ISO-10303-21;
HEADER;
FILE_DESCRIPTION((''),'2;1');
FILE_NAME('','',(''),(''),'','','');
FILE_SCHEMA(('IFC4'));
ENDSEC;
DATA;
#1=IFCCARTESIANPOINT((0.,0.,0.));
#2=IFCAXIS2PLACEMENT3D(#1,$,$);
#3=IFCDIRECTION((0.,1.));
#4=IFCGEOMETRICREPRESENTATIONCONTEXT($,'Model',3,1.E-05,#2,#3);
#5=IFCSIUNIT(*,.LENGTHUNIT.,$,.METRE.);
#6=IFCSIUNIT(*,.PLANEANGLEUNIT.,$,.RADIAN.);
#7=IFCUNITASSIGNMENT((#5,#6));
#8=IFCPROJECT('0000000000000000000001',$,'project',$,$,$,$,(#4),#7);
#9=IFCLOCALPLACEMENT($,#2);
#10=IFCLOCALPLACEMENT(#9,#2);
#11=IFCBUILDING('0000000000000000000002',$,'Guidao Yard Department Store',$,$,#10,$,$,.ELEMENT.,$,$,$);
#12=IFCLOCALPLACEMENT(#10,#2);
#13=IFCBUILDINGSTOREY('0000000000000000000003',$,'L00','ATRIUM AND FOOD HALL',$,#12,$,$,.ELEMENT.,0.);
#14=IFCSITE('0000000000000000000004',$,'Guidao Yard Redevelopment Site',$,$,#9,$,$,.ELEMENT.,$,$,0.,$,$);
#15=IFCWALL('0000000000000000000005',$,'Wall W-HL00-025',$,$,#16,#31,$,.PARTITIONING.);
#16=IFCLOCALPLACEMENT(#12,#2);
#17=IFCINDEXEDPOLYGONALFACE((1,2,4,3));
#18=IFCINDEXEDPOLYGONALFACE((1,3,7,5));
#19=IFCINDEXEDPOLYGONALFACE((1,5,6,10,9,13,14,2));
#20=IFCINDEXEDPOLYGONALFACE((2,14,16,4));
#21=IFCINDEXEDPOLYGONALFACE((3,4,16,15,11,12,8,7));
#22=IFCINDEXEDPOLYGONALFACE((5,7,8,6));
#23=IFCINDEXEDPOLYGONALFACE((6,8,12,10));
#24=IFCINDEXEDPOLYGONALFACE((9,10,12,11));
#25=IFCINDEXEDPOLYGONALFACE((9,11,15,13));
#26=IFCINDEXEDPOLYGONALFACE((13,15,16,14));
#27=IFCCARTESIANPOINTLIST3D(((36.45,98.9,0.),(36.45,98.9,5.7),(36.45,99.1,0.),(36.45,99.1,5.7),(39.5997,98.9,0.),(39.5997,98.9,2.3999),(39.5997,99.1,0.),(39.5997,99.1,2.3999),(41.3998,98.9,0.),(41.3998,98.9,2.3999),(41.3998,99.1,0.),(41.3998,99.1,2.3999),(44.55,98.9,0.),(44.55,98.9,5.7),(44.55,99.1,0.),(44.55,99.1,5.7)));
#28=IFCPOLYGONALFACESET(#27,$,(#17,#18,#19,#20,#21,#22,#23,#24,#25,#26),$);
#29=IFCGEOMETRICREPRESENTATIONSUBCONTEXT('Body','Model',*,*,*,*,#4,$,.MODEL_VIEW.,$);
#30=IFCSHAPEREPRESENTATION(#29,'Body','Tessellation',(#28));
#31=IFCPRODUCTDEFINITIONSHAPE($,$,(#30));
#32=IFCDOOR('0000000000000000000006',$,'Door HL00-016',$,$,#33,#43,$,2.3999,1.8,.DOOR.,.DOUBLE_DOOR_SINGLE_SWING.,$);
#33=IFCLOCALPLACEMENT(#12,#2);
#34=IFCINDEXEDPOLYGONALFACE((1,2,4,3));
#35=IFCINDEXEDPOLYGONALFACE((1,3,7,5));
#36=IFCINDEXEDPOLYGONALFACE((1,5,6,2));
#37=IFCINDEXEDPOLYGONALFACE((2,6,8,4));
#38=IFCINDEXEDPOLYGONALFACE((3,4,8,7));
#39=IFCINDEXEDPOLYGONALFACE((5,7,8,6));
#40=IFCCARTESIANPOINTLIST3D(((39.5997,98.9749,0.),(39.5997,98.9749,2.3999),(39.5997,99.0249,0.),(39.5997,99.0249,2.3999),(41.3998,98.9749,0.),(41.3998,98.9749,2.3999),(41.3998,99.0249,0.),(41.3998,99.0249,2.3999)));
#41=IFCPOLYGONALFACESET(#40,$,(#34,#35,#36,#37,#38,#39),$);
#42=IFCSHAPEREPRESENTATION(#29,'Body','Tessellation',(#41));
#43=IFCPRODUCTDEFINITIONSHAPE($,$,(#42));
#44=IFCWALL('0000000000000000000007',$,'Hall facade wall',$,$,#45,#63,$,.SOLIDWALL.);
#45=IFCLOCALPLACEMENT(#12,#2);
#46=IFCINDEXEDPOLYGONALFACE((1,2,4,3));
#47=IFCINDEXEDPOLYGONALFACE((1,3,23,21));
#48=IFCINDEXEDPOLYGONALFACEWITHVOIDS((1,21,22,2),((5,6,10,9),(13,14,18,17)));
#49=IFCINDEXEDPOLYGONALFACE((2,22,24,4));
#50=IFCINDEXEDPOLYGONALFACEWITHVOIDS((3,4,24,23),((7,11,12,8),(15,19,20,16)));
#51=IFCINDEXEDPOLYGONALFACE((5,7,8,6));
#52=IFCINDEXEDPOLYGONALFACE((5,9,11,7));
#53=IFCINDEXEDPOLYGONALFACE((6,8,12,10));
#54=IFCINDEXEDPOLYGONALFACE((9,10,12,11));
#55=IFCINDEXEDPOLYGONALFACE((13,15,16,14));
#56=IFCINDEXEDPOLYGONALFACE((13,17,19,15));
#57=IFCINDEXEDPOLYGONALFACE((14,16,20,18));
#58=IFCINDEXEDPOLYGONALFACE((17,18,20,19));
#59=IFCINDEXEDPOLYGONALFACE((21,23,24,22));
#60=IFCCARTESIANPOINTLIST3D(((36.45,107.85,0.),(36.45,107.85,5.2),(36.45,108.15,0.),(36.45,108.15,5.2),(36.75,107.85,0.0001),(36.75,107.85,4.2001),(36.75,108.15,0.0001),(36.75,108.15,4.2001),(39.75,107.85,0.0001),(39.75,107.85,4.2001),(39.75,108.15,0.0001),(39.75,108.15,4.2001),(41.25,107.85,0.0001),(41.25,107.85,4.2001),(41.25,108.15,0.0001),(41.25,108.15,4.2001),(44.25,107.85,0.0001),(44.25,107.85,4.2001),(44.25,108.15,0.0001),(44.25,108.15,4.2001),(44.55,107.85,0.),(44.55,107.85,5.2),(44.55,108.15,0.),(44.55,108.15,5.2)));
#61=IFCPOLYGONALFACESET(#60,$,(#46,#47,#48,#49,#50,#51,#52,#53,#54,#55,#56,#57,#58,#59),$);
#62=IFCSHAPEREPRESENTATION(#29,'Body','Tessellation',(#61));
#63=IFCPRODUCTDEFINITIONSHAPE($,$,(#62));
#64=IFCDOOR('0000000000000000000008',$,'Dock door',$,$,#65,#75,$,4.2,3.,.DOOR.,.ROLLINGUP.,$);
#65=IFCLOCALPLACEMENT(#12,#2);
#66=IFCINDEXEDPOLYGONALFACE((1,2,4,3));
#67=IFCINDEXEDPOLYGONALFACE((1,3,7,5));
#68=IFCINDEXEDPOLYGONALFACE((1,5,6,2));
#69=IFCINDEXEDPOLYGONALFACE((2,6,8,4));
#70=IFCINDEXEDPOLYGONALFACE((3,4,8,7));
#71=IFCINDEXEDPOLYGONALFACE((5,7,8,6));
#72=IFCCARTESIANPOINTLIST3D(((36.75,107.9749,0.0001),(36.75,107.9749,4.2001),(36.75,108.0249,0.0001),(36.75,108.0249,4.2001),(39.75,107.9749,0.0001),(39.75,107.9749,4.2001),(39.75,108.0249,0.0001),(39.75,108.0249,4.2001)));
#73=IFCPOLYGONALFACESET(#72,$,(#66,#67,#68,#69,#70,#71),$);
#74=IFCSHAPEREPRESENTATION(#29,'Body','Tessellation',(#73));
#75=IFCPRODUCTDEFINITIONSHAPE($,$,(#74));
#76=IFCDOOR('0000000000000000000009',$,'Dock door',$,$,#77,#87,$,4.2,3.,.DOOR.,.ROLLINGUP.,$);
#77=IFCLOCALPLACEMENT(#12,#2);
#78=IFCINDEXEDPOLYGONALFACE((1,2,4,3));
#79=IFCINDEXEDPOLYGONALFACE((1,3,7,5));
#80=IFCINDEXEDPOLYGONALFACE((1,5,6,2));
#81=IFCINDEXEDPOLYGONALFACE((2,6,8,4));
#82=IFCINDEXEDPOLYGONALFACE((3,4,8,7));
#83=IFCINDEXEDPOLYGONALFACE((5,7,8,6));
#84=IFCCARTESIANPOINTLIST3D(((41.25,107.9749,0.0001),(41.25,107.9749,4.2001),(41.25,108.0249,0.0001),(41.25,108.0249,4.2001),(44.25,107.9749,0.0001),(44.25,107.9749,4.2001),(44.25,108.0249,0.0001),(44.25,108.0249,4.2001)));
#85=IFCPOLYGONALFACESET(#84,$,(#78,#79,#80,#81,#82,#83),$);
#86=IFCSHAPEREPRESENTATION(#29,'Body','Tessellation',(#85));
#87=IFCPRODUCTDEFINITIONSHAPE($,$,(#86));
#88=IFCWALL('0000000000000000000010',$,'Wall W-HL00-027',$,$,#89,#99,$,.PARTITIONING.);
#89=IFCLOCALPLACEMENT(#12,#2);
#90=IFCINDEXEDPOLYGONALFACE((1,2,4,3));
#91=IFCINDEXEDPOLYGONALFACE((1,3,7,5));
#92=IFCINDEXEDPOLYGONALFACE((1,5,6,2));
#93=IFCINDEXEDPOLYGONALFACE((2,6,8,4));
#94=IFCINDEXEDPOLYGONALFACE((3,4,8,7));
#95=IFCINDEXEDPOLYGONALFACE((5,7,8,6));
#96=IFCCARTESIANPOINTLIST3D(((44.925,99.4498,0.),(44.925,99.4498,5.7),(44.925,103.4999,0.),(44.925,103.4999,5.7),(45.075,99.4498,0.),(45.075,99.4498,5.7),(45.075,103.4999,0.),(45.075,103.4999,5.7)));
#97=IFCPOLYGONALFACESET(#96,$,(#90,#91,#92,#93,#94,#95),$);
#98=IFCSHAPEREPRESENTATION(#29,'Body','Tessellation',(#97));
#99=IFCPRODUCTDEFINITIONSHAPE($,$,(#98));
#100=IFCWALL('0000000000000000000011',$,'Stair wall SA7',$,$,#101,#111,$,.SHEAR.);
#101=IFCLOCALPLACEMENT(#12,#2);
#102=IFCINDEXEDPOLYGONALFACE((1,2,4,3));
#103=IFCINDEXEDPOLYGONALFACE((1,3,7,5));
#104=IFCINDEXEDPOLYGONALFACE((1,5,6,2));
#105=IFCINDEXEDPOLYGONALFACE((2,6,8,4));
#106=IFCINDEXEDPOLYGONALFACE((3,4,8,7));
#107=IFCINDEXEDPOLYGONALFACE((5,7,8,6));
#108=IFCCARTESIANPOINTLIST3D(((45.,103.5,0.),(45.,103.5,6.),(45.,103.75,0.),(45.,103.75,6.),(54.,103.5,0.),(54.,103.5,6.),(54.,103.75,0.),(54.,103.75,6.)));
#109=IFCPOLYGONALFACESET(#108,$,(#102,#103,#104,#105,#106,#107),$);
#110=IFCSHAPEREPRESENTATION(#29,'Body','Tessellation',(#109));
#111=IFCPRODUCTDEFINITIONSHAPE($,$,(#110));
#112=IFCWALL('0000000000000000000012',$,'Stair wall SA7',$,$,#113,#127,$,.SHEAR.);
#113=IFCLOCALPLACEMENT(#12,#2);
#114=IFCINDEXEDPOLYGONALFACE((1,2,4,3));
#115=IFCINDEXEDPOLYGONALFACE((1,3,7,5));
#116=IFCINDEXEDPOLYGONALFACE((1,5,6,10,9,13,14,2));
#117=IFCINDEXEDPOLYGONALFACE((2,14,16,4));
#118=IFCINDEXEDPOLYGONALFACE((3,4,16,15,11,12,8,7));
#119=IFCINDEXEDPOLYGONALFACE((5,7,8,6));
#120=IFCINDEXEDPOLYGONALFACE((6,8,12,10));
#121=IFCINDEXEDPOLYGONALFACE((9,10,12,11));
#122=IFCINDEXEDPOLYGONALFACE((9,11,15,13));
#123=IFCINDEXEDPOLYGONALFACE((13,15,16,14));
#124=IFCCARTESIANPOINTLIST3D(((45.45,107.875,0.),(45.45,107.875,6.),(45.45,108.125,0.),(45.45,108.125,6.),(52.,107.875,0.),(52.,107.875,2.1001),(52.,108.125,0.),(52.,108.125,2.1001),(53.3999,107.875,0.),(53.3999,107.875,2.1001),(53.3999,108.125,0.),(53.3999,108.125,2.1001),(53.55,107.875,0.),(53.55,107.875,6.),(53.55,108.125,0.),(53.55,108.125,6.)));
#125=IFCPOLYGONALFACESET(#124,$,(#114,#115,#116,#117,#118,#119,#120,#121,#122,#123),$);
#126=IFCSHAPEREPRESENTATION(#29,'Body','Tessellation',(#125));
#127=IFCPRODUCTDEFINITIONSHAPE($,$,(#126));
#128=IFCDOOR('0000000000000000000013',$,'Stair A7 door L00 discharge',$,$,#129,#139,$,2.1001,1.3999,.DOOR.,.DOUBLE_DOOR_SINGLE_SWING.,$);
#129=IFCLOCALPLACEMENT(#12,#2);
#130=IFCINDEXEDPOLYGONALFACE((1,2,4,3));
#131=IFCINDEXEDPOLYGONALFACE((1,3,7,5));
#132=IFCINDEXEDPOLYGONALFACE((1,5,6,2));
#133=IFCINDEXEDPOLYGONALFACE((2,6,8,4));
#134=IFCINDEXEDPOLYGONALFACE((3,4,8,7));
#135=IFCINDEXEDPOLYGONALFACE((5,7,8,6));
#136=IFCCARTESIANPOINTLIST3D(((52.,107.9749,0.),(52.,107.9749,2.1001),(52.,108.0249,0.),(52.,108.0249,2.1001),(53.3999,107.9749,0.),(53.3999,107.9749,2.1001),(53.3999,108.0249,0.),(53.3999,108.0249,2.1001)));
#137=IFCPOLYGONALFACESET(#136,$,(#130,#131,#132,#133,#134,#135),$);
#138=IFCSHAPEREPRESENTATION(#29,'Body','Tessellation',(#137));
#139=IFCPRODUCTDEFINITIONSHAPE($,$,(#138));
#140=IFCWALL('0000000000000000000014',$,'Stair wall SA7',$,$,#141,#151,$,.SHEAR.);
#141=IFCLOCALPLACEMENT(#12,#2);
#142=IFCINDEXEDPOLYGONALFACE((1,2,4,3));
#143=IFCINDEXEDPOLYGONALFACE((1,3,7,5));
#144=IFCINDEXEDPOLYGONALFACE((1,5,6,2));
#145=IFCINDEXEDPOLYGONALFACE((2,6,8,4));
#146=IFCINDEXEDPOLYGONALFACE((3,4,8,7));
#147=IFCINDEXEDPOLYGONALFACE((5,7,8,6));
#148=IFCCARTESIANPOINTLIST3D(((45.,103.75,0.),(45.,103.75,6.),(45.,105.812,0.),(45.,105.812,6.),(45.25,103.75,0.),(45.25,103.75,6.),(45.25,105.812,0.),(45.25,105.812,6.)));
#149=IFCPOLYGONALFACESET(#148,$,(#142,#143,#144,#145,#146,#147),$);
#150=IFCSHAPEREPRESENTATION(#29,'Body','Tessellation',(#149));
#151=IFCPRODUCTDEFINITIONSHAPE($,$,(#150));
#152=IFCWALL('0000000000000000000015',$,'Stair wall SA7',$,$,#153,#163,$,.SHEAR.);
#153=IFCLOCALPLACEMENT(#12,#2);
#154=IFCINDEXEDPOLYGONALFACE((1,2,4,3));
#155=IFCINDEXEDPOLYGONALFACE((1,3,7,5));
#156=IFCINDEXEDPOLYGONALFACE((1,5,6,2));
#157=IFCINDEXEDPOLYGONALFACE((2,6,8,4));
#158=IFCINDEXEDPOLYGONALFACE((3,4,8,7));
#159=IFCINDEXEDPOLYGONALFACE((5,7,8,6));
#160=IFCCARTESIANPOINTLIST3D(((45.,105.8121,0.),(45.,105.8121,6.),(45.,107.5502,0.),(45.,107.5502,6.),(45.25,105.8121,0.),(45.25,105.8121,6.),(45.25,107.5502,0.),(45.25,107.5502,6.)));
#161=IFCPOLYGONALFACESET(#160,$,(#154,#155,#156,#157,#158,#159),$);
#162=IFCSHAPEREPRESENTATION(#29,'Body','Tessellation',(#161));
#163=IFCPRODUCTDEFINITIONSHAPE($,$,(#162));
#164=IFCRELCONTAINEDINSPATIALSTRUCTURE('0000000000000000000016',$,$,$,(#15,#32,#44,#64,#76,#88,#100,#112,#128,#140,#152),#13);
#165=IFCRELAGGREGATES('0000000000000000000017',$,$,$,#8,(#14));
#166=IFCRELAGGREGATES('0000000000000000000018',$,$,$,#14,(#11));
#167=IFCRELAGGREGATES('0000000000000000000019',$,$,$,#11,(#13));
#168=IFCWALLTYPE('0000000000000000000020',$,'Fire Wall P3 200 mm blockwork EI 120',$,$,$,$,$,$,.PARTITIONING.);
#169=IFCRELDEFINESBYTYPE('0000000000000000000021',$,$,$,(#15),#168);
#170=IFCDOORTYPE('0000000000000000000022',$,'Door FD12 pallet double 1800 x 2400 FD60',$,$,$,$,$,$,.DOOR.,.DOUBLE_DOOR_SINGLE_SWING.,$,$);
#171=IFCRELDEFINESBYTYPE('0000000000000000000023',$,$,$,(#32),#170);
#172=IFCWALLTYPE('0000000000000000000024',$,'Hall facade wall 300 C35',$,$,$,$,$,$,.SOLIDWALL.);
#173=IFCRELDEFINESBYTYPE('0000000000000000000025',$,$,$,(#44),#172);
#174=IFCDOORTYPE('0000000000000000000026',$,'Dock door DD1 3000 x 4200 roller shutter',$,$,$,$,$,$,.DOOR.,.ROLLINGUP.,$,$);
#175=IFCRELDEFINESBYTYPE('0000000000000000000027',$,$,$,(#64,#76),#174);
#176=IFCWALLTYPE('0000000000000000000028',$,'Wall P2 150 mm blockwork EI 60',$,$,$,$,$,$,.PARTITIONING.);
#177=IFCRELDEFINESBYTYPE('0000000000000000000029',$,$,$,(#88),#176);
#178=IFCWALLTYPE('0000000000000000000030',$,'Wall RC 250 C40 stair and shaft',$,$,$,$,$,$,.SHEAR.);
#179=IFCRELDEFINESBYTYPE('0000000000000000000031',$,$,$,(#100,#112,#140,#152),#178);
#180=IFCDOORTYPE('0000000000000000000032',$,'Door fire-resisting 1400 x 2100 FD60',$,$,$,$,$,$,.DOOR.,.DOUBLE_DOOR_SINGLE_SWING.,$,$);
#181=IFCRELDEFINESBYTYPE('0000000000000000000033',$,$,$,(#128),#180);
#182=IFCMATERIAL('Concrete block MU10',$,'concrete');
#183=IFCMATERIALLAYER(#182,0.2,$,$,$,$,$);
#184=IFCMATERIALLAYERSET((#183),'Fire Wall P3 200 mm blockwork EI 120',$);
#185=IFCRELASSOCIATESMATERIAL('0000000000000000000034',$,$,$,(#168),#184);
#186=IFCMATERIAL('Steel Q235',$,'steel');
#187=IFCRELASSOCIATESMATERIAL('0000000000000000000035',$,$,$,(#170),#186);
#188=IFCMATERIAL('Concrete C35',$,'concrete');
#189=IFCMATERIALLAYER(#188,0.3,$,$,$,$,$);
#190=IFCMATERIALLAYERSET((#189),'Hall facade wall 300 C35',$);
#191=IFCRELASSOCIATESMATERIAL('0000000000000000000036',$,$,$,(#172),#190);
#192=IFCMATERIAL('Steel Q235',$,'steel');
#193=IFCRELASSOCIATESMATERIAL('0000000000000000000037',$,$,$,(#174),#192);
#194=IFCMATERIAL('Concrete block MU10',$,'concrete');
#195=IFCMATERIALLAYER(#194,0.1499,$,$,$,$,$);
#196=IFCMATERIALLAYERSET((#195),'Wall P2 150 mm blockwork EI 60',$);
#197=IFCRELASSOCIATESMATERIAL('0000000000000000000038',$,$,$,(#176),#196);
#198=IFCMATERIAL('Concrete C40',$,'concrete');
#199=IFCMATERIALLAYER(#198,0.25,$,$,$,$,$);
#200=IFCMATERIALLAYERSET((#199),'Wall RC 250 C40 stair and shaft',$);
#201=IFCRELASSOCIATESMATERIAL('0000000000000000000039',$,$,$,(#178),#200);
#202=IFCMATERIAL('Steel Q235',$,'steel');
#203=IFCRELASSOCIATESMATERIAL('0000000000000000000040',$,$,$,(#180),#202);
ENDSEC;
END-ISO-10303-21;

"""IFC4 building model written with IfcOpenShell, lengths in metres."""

from ifc_helpers import new_model, si_unit, direction, frame, frame_2d, origin, place, context, subcontext, project, spatial, rectangle, extrude, material, layer, layer_set, type_object, element, fill, save


model = new_model("IFC4")

# Units and contexts
model_context = context("Model", 3, precision=1e-05, world=origin(), true_north=direction((0.0, 1.0)))
body_context = subcontext(model_context, "Body", "Model", "MODEL_VIEW")
ifc_project = project(units=[si_unit("LENGTHUNIT", "METRE"), si_unit("PLANEANGLEUNIT", "RADIAN")], contexts=[model_context])

# Site, building, storey
site_placement = place(None, origin())
site = spatial("IfcSite", under=ifc_project, at=site_placement, Name="Guidao Yard Redevelopment Site", CompositionType="ELEMENT", RefElevation=0.0)
building_placement = place(site_placement, origin())
building = spatial("IfcBuilding", under=site, at=building_placement, Name="Guidao Yard Department Store", CompositionType="ELEMENT")
storey_placement = place(building_placement, origin())
storey = spatial("IfcBuildingStorey", under=building, at=storey_placement, Name="L00", Description="ATRIUM AND FOOD HALL", CompositionType="ELEMENT", Elevation=0.0)

# Wall, opening, door
ifc_material_1 = material(Name="Concrete block MU10", Category="concrete")
ifc_layer_1 = layer(ifc_material_1, 0.2)
ifc_layer_set_1 = layer_set([ifc_layer_1], Name="Fire Wall P3 200 mm blockwork EI 120")
wall_type_1 = type_object("IfcWallType", Name="Fire Wall P3 200 mm blockwork EI 120", PredefinedType="PARTITIONING", material=ifc_layer_set_1)
wall_1_placement = place(storey_placement, frame((36.45, 99.0, 0.0), z_axis=(0.0, 0.0, 1.0), x_axis=(1.0, 0.0, 0.0)))
wall_1 = element("IfcWall", 1, at=wall_1_placement, inside=storey, type_object=wall_type_1, Name="Wall W-HL00-025", PredefinedType="PARTITIONING", context=body_context, shape_type="SweptSolid", body=[
    extrude(rectangle(XDim=8.1001, YDim=0.2, at=frame_2d((4.05, 0.0))), origin(), (0.0, 0.0, 1.0), 5.7),
])
opening_1_placement = place(wall_1_placement, frame((3.1499, 0.0, 0.0)))
opening_1 = element("IfcOpeningElement", 2, at=opening_1_placement, cuts=wall_1, PredefinedType="OPENING", context=body_context, shape_type="SweptSolid", body=[
    extrude(rectangle(XDim=1.8, YDim=2.3999, at=frame_2d((0.8999, 1.2))), frame((0.0, 0.1099, 0.0), z_axis=(0.0, -1.0, 0.0), x_axis=(1.0, 0.0, 0.0)), (0.0, 0.0, 1.0), 0.22),
])
ifc_material_2 = material(Name="Steel Q235", Category="steel")
door_type_1 = type_object("IfcDoorType", Name="Door FD12 pallet double 1800 x 2400 FD60", OperationType="DOUBLE_DOOR_SINGLE_SWING", PredefinedType="DOOR", material=ifc_material_2)
door_1_placement = place(opening_1_placement, origin())
door_1 = element("IfcDoor", 3, at=door_1_placement, inside=storey, type_object=door_type_1, Name="Door HL00-016", OperationType="DOUBLE_DOOR_SINGLE_SWING", OverallHeight=2.3999, OverallWidth=1.8, PredefinedType="DOOR", context=body_context, shape_type="SweptSolid", body=[
    extrude(rectangle(XDim=1.8, YDim=2.3999, at=frame_2d((0.8999, 1.2))), frame((0.0, 0.0249, 0.0), z_axis=(0.0, -1.0, 0.0), x_axis=(1.0, 0.0, 0.0)), (0.0, 0.0, 1.0), 0.05),
])
fill(opening_1, door_1)

# Wall, openings, doors
ifc_material_3 = material(Name="Concrete C35", Category="concrete")
ifc_layer_2 = layer(ifc_material_3, 0.3)
ifc_layer_set_2 = layer_set([ifc_layer_2], Name="Hall facade wall 300 C35")
wall_type_2 = type_object("IfcWallType", Name="Hall facade wall 300 C35", PredefinedType="SOLIDWALL", material=ifc_layer_set_2)
wall_2_placement = place(storey_placement, frame((36.45, 108.0, 0.0), z_axis=(0.0, 0.0, 1.0), x_axis=(1.0, 0.0, 0.0)))
wall_2 = element("IfcWall", 4, at=wall_2_placement, inside=storey, type_object=wall_type_2, Name="Hall facade wall", PredefinedType="SOLIDWALL", context=body_context, shape_type="SweptSolid", body=[
    extrude(rectangle(XDim=8.1001, YDim=0.3, at=frame_2d((4.05, 0.0))), origin(), (0.0, 0.0, 1.0), 5.2),
])
opening_2_placement = place(wall_2_placement, frame((0.3, 0.0, 0.0)))
opening_2 = element("IfcOpeningElement", 5, at=opening_2_placement, cuts=wall_2, PredefinedType="OPENING", context=body_context, shape_type="SweptSolid", body=[
    extrude(rectangle(XDim=3.0, YDim=4.2, at=frame_2d((1.5, 2.1001))), frame((0.0, 0.1599, 0.0), z_axis=(0.0, -1.0, 0.0), x_axis=(1.0, 0.0, 0.0)), (0.0, 0.0, 1.0), 0.3201),
])
opening_3_placement = place(wall_2_placement, frame((4.8, 0.0, 0.0)))
opening_3 = element("IfcOpeningElement", 6, at=opening_3_placement, cuts=wall_2, PredefinedType="OPENING", context=body_context, shape_type="SweptSolid", body=[
    extrude(rectangle(XDim=3.0, YDim=4.2, at=frame_2d((1.5, 2.1001))), frame((0.0, 0.1599, 0.0), z_axis=(0.0, -1.0, 0.0), x_axis=(1.0, 0.0, 0.0)), (0.0, 0.0, 1.0), 0.3201),
])
ifc_material_4 = material(Name="Steel Q235", Category="steel")
door_type_2 = type_object("IfcDoorType", Name="Dock door DD1 3000 x 4200 roller shutter", OperationType="ROLLINGUP", PredefinedType="DOOR", material=ifc_material_4)
door_2_placement = place(opening_2_placement, origin())
door_2 = element("IfcDoor", 7, at=door_2_placement, inside=storey, type_object=door_type_2, Name="Dock door", OperationType="ROLLINGUP", OverallHeight=4.2, OverallWidth=3.0, PredefinedType="DOOR", context=body_context, shape_type="SweptSolid", body=[
    extrude(rectangle(XDim=3.0, YDim=4.2, at=frame_2d((1.5, 2.1001))), frame((0.0, 0.0249, 0.0), z_axis=(0.0, -1.0, 0.0), x_axis=(1.0, 0.0, 0.0)), (0.0, 0.0, 1.0), 0.05),
])
fill(opening_2, door_2)
door_3_placement = place(opening_3_placement, origin())
door_3 = element("IfcDoor", 8, at=door_3_placement, inside=storey, type_object=door_type_2, Name="Dock door", OperationType="ROLLINGUP", OverallHeight=4.2, OverallWidth=3.0, PredefinedType="DOOR", context=body_context, shape_type="SweptSolid", body=[
    extrude(rectangle(XDim=3.0, YDim=4.2, at=frame_2d((1.5, 2.1001))), frame((0.0, 0.0249, 0.0), z_axis=(0.0, -1.0, 0.0), x_axis=(1.0, 0.0, 0.0)), (0.0, 0.0, 1.0), 0.05),
])
fill(opening_3, door_3)

# Walls
ifc_material_5 = material(Name="Concrete block MU10", Category="concrete")
ifc_layer_3 = layer(ifc_material_5, 0.1499)
ifc_layer_set_3 = layer_set([ifc_layer_3], Name="Wall P2 150 mm blockwork EI 60")
wall_type_3 = type_object("IfcWallType", Name="Wall P2 150 mm blockwork EI 60", PredefinedType="PARTITIONING", material=ifc_layer_set_3)
wall_3_placement = place(storey_placement, frame((45.0, 99.45, 0.0), z_axis=(0.0, 0.0, 1.0), x_axis=(0.0, 1.0, 0.0)))
element("IfcWall", 9, at=wall_3_placement, inside=storey, type_object=wall_type_3, Name="Wall W-HL00-027", PredefinedType="PARTITIONING", context=body_context, shape_type="SweptSolid", body=[
    extrude(rectangle(XDim=4.05, YDim=0.1499, at=frame_2d((2.0249, 0.0))), origin(), (0.0, 0.0, 1.0), 5.7),
])
ifc_material_6 = material(Name="Concrete C40", Category="concrete")
ifc_layer_4 = layer(ifc_material_6, 0.25)
ifc_layer_set_4 = layer_set([ifc_layer_4], Name="Wall RC 250 C40 stair and shaft")
wall_type_4 = type_object("IfcWallType", Name="Wall RC 250 C40 stair and shaft", PredefinedType="SHEAR", material=ifc_layer_set_4)
wall_4_placement = place(storey_placement, frame((45.0, 103.625, 0.0), z_axis=(0.0, 0.0, 1.0), x_axis=(1.0, 0.0, 0.0)))
element("IfcWall", 10, at=wall_4_placement, inside=storey, type_object=wall_type_4, Name="Stair wall SA7", PredefinedType="SHEAR", context=body_context, shape_type="SweptSolid", body=[
    extrude(rectangle(XDim=9.0, YDim=0.25, at=frame_2d((4.5, 0.0))), origin(), (0.0, 0.0, 1.0), 6.0),
])

# Wall, opening, door
wall_5_placement = place(storey_placement, frame((45.45, 108.0, 0.0), z_axis=(0.0, 0.0, 1.0), x_axis=(1.0, 0.0, 0.0)))
wall_5 = element("IfcWall", 11, at=wall_5_placement, inside=storey, type_object=wall_type_4, Name="Stair wall SA7", PredefinedType="SHEAR", context=body_context, shape_type="SweptSolid", body=[
    extrude(rectangle(XDim=8.1001, YDim=0.25, at=frame_2d((4.05, 0.0))), origin(), (0.0, 0.0, 1.0), 6.0),
])
opening_4_placement = place(wall_5_placement, frame((6.55, 0.0, 0.0)))
opening_4 = element("IfcOpeningElement", 12, at=opening_4_placement, cuts=wall_5, PredefinedType="OPENING", context=body_context, shape_type="SweptSolid", body=[
    extrude(rectangle(XDim=1.3999, YDim=2.1001, at=frame_2d((0.7, 1.05))), frame((0.0, 0.135, 0.0), z_axis=(0.0, -1.0, 0.0), x_axis=(1.0, 0.0, 0.0)), (0.0, 0.0, 1.0), 0.27),
])
ifc_material_7 = material(Name="Steel Q235", Category="steel")
door_type_3 = type_object("IfcDoorType", Name="Door fire-resisting 1400 x 2100 FD60", OperationType="DOUBLE_DOOR_SINGLE_SWING", PredefinedType="DOOR", material=ifc_material_7)
door_4_placement = place(opening_4_placement, origin())
door_4 = element("IfcDoor", 13, at=door_4_placement, inside=storey, type_object=door_type_3, Name="Stair A7 door L00 discharge", OperationType="DOUBLE_DOOR_SINGLE_SWING", OverallHeight=2.1001, OverallWidth=1.3999, PredefinedType="DOOR", context=body_context, shape_type="SweptSolid", body=[
    extrude(rectangle(XDim=1.3999, YDim=2.1001, at=frame_2d((0.7, 1.05))), frame((0.0, 0.0249, 0.0), z_axis=(0.0, -1.0, 0.0), x_axis=(1.0, 0.0, 0.0)), (0.0, 0.0, 1.0), 0.05),
])
fill(opening_4, door_4)

# Walls
wall_6_placement = place(storey_placement, frame((45.125, 103.75, 0.0), z_axis=(0.0, 0.0, 1.0), x_axis=(0.0, 1.0, 0.0)))
element("IfcWall", 14, at=wall_6_placement, inside=storey, type_object=wall_type_4, Name="Stair wall SA7", PredefinedType="SHEAR", context=body_context, shape_type="SweptSolid", body=[
    extrude(rectangle(XDim=2.062, YDim=0.25, at=frame_2d((1.031, 0.0))), origin(), (0.0, 0.0, 1.0), 6.0),
])
wall_7_placement = place(storey_placement, frame((45.125, 105.812, 0.0), z_axis=(0.0, 0.0, 1.0), x_axis=(0.0, 1.0, 0.0)))
element("IfcWall", 15, at=wall_7_placement, inside=storey, type_object=wall_type_4, Name="Stair wall SA7", PredefinedType="SHEAR", context=body_context, shape_type="SweptSolid", body=[
    extrude(rectangle(XDim=1.738, YDim=0.25, at=frame_2d((0.8691, 0.0))), origin(), (0.0, 0.0, 1.0), 6.0),
])

save(model, "model.ifc")
